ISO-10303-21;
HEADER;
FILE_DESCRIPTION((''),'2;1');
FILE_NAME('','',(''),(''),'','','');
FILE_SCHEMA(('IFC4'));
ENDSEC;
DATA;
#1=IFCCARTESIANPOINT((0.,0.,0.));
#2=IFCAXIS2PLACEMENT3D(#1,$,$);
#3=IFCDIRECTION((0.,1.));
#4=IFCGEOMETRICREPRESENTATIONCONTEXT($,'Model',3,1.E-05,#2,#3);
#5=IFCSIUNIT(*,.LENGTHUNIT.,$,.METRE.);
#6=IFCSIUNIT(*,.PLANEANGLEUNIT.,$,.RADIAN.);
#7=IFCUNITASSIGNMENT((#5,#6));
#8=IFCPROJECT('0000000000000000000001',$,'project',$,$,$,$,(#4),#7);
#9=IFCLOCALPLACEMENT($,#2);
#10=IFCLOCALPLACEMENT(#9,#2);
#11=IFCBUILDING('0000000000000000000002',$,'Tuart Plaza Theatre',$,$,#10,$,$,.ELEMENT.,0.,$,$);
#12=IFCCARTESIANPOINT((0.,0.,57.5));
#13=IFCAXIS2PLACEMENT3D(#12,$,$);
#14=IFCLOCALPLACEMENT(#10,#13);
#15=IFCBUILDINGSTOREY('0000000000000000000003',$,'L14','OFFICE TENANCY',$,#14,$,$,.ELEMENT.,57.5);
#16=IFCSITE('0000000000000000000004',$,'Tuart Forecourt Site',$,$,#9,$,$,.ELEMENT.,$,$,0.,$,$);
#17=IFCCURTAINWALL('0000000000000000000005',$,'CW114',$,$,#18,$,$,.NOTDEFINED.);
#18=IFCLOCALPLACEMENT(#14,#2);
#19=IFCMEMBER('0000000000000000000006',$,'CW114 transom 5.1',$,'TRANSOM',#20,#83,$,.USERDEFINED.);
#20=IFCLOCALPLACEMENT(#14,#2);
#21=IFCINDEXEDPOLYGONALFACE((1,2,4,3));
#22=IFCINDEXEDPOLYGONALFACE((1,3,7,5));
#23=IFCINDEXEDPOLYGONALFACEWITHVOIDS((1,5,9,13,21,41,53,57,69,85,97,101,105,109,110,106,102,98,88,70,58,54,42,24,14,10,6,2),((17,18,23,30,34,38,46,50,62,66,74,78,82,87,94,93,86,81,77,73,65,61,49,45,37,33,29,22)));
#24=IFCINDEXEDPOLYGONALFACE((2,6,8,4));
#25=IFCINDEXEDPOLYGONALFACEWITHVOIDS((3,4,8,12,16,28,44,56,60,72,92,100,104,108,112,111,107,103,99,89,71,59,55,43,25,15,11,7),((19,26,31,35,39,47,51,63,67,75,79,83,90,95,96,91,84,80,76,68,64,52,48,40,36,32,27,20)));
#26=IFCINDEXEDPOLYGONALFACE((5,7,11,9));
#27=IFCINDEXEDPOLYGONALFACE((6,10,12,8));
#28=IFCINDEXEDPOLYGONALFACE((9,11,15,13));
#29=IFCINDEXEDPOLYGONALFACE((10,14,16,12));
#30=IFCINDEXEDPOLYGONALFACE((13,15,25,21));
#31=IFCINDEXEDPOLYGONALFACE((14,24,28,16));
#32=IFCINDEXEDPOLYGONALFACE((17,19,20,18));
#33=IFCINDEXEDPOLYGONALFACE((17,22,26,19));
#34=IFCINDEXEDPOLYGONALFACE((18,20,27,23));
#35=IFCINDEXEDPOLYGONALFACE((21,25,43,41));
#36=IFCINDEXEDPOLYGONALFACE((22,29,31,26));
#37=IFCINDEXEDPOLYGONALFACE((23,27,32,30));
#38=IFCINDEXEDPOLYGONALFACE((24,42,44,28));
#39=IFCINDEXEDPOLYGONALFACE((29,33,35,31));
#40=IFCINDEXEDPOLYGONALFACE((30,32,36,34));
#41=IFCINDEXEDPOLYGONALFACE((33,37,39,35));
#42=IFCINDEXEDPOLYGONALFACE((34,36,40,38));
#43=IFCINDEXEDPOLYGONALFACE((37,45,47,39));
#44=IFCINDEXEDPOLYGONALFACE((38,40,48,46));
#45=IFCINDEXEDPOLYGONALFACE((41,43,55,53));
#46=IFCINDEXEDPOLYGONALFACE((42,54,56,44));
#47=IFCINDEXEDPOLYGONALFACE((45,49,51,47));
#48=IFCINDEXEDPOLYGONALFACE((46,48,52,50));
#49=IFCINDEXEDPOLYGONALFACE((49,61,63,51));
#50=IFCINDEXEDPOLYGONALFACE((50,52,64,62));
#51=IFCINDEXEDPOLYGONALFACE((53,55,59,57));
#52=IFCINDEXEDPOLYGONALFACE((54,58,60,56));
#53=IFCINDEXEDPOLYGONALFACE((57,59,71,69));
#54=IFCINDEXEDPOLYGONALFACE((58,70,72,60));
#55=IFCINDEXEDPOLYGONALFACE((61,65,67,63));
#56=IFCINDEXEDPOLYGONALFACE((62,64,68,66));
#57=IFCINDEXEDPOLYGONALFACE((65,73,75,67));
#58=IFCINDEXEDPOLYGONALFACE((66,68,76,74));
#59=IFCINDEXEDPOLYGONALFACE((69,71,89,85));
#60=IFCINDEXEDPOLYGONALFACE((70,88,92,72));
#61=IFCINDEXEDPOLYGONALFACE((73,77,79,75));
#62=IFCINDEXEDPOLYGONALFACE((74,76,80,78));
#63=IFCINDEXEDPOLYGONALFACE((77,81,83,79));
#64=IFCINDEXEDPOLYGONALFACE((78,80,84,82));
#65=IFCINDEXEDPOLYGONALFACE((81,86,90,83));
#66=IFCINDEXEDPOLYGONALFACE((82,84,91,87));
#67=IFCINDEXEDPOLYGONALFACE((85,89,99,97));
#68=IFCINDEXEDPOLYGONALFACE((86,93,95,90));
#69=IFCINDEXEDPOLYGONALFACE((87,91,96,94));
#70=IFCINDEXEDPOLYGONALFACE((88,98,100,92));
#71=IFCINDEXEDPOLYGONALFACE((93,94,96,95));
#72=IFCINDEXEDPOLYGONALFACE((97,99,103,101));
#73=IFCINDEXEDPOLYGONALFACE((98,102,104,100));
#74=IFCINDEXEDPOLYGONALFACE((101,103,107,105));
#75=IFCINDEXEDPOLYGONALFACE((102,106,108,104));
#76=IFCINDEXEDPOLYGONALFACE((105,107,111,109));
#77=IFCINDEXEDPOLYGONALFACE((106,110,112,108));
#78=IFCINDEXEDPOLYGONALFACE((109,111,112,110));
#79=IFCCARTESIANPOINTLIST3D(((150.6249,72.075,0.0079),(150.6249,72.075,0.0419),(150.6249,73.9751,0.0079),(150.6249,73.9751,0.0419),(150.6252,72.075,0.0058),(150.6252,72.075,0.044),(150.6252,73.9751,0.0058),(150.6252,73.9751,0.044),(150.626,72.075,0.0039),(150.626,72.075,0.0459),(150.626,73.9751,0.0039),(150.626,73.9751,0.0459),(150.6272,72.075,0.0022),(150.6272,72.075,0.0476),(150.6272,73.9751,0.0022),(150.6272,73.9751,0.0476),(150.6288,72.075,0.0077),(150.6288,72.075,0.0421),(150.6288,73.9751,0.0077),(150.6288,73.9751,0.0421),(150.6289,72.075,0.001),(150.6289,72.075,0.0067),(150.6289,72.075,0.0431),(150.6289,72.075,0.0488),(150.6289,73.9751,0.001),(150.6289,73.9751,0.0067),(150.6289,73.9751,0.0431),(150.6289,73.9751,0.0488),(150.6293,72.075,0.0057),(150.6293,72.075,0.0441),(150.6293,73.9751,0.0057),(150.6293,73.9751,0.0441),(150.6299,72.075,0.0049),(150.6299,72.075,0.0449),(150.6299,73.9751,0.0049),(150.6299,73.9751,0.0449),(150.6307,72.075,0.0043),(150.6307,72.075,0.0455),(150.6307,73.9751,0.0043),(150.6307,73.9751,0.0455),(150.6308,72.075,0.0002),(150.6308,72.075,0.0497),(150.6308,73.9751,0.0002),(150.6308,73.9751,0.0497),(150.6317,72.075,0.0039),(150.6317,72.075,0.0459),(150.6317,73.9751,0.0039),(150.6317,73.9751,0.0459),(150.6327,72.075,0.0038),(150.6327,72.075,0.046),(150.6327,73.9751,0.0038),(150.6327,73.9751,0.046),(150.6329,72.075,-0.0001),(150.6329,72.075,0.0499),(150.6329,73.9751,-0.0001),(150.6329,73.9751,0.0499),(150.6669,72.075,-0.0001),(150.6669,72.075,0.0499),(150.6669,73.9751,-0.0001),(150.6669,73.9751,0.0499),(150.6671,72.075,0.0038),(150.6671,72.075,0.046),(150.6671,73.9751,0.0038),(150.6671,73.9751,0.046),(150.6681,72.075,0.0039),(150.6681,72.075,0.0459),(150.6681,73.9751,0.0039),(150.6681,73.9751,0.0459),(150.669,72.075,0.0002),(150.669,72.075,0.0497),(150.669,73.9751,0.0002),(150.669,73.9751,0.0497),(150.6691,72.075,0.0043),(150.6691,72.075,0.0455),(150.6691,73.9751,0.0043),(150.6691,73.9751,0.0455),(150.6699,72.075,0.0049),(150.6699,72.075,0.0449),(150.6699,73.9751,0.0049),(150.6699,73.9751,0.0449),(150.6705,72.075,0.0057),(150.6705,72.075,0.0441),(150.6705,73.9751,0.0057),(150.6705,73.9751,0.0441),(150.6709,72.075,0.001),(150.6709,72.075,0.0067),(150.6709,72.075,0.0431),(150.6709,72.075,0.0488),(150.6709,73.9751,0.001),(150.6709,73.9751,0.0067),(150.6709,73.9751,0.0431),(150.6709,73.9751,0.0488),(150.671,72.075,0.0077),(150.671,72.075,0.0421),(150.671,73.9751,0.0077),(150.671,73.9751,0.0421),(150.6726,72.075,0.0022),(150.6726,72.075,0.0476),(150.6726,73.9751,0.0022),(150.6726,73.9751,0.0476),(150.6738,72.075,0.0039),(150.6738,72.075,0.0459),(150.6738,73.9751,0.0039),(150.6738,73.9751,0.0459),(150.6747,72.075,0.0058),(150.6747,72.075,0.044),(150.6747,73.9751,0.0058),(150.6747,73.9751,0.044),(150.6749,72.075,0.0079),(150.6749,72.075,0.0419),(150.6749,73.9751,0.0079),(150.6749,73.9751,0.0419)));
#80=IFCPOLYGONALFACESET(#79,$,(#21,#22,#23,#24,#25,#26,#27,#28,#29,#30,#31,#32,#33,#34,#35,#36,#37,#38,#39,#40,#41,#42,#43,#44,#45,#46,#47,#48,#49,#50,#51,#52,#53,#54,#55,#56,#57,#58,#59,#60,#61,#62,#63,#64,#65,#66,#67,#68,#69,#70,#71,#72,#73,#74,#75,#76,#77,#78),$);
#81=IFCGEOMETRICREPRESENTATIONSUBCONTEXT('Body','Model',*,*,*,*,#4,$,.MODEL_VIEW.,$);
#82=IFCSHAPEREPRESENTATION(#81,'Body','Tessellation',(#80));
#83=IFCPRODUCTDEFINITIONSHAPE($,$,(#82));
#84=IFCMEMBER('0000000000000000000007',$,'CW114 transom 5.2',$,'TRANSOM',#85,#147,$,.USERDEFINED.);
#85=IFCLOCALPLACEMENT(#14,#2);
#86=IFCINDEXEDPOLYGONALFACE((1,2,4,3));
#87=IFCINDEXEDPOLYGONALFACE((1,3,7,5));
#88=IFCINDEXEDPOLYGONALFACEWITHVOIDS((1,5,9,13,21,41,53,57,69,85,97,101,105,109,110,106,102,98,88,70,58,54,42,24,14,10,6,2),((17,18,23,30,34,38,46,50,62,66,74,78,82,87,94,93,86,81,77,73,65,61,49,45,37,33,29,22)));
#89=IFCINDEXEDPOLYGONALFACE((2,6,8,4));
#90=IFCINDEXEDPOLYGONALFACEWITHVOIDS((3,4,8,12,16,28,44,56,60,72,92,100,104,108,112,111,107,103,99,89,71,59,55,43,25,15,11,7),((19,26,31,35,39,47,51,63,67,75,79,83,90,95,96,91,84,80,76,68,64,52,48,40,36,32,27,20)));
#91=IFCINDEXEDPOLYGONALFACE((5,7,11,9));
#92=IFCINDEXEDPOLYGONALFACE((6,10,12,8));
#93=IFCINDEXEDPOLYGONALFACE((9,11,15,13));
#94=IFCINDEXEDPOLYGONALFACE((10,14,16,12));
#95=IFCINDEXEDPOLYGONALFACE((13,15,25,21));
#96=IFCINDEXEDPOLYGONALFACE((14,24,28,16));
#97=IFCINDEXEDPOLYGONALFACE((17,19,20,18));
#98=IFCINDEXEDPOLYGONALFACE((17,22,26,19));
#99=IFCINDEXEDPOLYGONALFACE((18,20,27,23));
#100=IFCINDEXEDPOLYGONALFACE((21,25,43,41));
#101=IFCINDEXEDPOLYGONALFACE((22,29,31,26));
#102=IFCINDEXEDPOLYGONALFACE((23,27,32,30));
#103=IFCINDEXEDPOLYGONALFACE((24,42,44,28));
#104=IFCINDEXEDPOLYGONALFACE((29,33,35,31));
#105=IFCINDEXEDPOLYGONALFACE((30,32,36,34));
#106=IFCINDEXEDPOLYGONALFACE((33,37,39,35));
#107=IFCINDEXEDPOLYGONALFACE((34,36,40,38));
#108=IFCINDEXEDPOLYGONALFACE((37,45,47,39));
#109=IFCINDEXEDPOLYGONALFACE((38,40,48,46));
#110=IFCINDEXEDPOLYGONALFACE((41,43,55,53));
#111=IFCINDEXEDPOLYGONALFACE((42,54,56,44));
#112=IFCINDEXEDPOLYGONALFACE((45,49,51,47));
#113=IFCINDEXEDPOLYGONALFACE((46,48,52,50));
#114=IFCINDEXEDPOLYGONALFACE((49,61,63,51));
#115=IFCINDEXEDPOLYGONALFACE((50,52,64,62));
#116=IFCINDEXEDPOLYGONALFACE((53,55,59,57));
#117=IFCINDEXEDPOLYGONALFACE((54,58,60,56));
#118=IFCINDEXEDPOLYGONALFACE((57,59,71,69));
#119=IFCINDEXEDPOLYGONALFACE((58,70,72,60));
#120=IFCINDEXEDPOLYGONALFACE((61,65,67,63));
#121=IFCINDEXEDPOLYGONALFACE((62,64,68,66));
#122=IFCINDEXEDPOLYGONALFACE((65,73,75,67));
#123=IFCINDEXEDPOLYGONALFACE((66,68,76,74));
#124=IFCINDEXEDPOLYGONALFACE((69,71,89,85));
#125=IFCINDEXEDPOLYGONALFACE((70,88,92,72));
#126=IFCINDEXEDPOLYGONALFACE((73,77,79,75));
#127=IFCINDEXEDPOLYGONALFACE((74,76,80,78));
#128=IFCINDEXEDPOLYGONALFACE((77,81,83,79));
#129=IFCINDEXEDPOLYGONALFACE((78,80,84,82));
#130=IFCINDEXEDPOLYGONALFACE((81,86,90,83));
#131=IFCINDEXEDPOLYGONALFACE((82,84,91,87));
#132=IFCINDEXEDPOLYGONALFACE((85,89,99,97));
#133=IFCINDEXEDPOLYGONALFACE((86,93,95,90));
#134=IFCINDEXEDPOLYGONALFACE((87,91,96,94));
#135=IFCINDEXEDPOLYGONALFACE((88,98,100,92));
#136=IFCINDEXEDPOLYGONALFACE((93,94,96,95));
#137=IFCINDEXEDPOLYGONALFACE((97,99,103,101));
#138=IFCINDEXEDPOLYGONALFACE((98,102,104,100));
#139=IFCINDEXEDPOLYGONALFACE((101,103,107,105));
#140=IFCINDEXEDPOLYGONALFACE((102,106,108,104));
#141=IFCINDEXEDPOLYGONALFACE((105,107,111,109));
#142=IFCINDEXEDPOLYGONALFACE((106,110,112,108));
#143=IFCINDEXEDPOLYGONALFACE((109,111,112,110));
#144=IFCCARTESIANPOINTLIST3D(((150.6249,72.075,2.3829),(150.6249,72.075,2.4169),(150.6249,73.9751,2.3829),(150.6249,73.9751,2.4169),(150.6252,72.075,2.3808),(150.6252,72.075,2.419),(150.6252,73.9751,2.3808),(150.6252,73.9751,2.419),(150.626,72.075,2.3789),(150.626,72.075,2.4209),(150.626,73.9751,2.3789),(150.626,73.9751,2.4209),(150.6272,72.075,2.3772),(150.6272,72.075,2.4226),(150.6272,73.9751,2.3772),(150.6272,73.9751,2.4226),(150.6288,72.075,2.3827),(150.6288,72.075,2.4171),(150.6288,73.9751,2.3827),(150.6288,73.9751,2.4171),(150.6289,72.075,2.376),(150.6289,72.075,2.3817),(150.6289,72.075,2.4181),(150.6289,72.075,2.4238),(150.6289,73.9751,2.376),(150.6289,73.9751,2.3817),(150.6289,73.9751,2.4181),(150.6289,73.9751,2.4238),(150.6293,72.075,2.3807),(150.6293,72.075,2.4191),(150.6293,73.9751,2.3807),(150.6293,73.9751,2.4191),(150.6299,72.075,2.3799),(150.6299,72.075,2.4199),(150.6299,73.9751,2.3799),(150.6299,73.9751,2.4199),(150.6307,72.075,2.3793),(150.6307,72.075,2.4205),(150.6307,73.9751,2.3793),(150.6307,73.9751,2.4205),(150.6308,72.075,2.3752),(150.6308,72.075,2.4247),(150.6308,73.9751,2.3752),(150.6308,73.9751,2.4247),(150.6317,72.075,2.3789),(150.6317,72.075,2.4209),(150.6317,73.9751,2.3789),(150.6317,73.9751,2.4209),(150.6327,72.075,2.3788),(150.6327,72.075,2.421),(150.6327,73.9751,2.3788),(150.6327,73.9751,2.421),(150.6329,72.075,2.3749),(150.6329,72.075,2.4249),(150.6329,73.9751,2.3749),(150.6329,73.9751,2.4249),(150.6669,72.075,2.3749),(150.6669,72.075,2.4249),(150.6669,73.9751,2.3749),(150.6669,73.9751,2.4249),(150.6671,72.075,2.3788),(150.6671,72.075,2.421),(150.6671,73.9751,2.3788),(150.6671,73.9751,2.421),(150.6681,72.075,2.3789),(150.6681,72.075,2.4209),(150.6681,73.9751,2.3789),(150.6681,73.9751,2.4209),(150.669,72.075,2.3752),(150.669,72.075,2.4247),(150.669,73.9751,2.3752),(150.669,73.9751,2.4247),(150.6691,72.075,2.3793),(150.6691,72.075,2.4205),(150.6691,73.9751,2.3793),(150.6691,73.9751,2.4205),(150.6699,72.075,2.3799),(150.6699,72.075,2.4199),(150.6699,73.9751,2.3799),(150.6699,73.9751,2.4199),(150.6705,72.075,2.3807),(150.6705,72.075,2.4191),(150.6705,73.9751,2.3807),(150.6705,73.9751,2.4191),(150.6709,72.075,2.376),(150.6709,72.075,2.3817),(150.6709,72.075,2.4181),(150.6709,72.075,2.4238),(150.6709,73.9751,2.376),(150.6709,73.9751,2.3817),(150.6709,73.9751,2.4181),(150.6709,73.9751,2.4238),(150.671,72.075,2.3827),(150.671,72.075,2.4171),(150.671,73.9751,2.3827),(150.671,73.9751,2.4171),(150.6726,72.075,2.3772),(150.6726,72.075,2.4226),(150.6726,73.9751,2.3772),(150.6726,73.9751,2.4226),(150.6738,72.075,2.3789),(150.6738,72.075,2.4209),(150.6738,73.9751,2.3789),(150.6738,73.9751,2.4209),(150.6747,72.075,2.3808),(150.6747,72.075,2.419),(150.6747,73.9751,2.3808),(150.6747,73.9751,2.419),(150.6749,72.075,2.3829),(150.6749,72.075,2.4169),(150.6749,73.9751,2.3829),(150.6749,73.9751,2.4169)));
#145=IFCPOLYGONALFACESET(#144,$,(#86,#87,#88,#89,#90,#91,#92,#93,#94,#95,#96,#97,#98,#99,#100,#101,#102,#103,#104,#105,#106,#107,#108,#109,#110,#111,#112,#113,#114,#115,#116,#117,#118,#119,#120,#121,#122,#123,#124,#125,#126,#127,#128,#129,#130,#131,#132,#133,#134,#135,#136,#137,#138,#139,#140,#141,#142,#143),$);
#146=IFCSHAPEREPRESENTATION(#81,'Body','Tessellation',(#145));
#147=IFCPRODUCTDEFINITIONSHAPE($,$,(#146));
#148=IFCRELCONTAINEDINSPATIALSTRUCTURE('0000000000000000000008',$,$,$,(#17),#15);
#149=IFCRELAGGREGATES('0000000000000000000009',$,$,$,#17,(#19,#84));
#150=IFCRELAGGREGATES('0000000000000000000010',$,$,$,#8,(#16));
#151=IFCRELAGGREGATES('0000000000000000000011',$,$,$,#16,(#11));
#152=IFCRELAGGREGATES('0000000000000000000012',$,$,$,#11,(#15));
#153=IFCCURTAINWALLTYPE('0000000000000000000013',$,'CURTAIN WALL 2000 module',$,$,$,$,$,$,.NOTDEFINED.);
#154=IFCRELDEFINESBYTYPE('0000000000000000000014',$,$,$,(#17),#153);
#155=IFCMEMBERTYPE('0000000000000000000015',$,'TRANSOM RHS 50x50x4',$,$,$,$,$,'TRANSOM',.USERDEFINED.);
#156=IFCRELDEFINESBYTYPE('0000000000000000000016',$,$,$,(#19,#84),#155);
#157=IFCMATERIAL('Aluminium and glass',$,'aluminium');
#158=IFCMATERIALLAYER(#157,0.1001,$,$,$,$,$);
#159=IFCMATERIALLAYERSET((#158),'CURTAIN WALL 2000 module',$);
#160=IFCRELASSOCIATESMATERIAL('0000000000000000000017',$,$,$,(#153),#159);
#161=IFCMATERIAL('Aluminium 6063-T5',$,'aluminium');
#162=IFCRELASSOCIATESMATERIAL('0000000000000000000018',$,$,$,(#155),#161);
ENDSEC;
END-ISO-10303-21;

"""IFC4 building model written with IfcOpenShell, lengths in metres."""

from ifc_helpers import new_model, si_unit, direction, frame, origin, origin_2d, place, context, subcontext, project, spatial, hollow_rectangle, extrude, material, layer, layer_set, material_profile, profile_set, type_object, element, aggregate, save


model = new_model("IFC4")

# Units and contexts
model_context = context("Model", 3, precision=1e-05, world=origin(), true_north=direction((0.0, 1.0)))
body_context = subcontext(model_context, "Body", "Model", "MODEL_VIEW")
ifc_project = project(units=[si_unit("LENGTHUNIT", "METRE"), si_unit("PLANEANGLEUNIT", "RADIAN")], contexts=[model_context])

# Site, building, storey
site_placement = place(None, origin())
site = spatial("IfcSite", under=ifc_project, at=site_placement, Name="Tuart Forecourt Site", CompositionType="ELEMENT", RefElevation=0.0)
building_placement = place(site_placement, origin())
building = spatial("IfcBuilding", under=site, at=building_placement, Name="Tuart Plaza Theatre", CompositionType="ELEMENT", ElevationOfRefHeight=0.0)
storey_placement = place(building_placement, frame((0.0, 0.0, 57.5)))
storey = spatial("IfcBuildingStorey", under=building, at=storey_placement, Name="L14", Description="OFFICE TENANCY", CompositionType="ELEMENT", Elevation=57.5)

# Curtain wall, members
ifc_material_1 = material(Name="Aluminium and glass", Category="aluminium")
ifc_layer_1 = layer(ifc_material_1, 0.1001)
ifc_layer_set_1 = layer_set([ifc_layer_1], Name="CURTAIN WALL 2000 module")
curtain_wall_type = type_object("IfcCurtainWallType", Name="CURTAIN WALL 2000 module", PredefinedType="NOTDEFINED", material=ifc_layer_set_1)
curtain_wall_placement = place(storey_placement, origin())
curtain_wall = element("IfcCurtainWall", 1, at=curtain_wall_placement, inside=storey, type_object=curtain_wall_type, Name="CW114", PredefinedType="NOTDEFINED")
ifc_material_2 = material(Name="Aluminium 6063-T5", Category="aluminium")
ifc_material_profile_1 = material_profile(ifc_material_2, hollow_rectangle(XDim=0.05, YDim=0.05, WallThickness=0.0039, InnerFilletRadius=0.0039, OuterFilletRadius=0.0081, at=origin_2d()), Name="RHS 50x50x4")
ifc_profile_set_1 = profile_set([ifc_material_profile_1], Name="Aluminium 6063-T5")
member_type_1 = type_object("IfcMemberType", Name="TRANSOM RHS 50x50x4", ElementType="TRANSOM", PredefinedType="USERDEFINED", material=ifc_profile_set_1)
member_1_placement = place(storey_placement, frame((150.6499, 72.075, 0.0249), z_axis=(0.0, 1.0, 0.0), x_axis=(-1.0, 0.0, 0.0)))
member_1 = element("IfcMember", 2, at=member_1_placement, type_object=member_type_1, Name="CW114 transom 5.1", ObjectType="TRANSOM", PredefinedType="USERDEFINED", context=body_context, shape_type="SweptSolid", body=[
    extrude(hollow_rectangle(XDim=0.05, YDim=0.05, WallThickness=0.0039, InnerFilletRadius=0.0039, OuterFilletRadius=0.0081, at=origin_2d()), origin(), (0.0, 0.0, 1.0), 1.9001),
])
member_2_placement = place(storey_placement, frame((150.6499, 72.075, 2.3999), z_axis=(0.0, 1.0, 0.0), x_axis=(-1.0, 0.0, 0.0)))
member_2 = element("IfcMember", 3, at=member_2_placement, type_object=member_type_1, Name="CW114 transom 5.2", ObjectType="TRANSOM", PredefinedType="USERDEFINED", context=body_context, shape_type="SweptSolid", body=[
    extrude(hollow_rectangle(XDim=0.05, YDim=0.05, WallThickness=0.0039, InnerFilletRadius=0.0039, OuterFilletRadius=0.0081, at=origin_2d()), origin(), (0.0, 0.0, 1.0), 1.9001),
])
aggregate(curtain_wall, [member_1, member_2])

save(model, "model.ifc")
